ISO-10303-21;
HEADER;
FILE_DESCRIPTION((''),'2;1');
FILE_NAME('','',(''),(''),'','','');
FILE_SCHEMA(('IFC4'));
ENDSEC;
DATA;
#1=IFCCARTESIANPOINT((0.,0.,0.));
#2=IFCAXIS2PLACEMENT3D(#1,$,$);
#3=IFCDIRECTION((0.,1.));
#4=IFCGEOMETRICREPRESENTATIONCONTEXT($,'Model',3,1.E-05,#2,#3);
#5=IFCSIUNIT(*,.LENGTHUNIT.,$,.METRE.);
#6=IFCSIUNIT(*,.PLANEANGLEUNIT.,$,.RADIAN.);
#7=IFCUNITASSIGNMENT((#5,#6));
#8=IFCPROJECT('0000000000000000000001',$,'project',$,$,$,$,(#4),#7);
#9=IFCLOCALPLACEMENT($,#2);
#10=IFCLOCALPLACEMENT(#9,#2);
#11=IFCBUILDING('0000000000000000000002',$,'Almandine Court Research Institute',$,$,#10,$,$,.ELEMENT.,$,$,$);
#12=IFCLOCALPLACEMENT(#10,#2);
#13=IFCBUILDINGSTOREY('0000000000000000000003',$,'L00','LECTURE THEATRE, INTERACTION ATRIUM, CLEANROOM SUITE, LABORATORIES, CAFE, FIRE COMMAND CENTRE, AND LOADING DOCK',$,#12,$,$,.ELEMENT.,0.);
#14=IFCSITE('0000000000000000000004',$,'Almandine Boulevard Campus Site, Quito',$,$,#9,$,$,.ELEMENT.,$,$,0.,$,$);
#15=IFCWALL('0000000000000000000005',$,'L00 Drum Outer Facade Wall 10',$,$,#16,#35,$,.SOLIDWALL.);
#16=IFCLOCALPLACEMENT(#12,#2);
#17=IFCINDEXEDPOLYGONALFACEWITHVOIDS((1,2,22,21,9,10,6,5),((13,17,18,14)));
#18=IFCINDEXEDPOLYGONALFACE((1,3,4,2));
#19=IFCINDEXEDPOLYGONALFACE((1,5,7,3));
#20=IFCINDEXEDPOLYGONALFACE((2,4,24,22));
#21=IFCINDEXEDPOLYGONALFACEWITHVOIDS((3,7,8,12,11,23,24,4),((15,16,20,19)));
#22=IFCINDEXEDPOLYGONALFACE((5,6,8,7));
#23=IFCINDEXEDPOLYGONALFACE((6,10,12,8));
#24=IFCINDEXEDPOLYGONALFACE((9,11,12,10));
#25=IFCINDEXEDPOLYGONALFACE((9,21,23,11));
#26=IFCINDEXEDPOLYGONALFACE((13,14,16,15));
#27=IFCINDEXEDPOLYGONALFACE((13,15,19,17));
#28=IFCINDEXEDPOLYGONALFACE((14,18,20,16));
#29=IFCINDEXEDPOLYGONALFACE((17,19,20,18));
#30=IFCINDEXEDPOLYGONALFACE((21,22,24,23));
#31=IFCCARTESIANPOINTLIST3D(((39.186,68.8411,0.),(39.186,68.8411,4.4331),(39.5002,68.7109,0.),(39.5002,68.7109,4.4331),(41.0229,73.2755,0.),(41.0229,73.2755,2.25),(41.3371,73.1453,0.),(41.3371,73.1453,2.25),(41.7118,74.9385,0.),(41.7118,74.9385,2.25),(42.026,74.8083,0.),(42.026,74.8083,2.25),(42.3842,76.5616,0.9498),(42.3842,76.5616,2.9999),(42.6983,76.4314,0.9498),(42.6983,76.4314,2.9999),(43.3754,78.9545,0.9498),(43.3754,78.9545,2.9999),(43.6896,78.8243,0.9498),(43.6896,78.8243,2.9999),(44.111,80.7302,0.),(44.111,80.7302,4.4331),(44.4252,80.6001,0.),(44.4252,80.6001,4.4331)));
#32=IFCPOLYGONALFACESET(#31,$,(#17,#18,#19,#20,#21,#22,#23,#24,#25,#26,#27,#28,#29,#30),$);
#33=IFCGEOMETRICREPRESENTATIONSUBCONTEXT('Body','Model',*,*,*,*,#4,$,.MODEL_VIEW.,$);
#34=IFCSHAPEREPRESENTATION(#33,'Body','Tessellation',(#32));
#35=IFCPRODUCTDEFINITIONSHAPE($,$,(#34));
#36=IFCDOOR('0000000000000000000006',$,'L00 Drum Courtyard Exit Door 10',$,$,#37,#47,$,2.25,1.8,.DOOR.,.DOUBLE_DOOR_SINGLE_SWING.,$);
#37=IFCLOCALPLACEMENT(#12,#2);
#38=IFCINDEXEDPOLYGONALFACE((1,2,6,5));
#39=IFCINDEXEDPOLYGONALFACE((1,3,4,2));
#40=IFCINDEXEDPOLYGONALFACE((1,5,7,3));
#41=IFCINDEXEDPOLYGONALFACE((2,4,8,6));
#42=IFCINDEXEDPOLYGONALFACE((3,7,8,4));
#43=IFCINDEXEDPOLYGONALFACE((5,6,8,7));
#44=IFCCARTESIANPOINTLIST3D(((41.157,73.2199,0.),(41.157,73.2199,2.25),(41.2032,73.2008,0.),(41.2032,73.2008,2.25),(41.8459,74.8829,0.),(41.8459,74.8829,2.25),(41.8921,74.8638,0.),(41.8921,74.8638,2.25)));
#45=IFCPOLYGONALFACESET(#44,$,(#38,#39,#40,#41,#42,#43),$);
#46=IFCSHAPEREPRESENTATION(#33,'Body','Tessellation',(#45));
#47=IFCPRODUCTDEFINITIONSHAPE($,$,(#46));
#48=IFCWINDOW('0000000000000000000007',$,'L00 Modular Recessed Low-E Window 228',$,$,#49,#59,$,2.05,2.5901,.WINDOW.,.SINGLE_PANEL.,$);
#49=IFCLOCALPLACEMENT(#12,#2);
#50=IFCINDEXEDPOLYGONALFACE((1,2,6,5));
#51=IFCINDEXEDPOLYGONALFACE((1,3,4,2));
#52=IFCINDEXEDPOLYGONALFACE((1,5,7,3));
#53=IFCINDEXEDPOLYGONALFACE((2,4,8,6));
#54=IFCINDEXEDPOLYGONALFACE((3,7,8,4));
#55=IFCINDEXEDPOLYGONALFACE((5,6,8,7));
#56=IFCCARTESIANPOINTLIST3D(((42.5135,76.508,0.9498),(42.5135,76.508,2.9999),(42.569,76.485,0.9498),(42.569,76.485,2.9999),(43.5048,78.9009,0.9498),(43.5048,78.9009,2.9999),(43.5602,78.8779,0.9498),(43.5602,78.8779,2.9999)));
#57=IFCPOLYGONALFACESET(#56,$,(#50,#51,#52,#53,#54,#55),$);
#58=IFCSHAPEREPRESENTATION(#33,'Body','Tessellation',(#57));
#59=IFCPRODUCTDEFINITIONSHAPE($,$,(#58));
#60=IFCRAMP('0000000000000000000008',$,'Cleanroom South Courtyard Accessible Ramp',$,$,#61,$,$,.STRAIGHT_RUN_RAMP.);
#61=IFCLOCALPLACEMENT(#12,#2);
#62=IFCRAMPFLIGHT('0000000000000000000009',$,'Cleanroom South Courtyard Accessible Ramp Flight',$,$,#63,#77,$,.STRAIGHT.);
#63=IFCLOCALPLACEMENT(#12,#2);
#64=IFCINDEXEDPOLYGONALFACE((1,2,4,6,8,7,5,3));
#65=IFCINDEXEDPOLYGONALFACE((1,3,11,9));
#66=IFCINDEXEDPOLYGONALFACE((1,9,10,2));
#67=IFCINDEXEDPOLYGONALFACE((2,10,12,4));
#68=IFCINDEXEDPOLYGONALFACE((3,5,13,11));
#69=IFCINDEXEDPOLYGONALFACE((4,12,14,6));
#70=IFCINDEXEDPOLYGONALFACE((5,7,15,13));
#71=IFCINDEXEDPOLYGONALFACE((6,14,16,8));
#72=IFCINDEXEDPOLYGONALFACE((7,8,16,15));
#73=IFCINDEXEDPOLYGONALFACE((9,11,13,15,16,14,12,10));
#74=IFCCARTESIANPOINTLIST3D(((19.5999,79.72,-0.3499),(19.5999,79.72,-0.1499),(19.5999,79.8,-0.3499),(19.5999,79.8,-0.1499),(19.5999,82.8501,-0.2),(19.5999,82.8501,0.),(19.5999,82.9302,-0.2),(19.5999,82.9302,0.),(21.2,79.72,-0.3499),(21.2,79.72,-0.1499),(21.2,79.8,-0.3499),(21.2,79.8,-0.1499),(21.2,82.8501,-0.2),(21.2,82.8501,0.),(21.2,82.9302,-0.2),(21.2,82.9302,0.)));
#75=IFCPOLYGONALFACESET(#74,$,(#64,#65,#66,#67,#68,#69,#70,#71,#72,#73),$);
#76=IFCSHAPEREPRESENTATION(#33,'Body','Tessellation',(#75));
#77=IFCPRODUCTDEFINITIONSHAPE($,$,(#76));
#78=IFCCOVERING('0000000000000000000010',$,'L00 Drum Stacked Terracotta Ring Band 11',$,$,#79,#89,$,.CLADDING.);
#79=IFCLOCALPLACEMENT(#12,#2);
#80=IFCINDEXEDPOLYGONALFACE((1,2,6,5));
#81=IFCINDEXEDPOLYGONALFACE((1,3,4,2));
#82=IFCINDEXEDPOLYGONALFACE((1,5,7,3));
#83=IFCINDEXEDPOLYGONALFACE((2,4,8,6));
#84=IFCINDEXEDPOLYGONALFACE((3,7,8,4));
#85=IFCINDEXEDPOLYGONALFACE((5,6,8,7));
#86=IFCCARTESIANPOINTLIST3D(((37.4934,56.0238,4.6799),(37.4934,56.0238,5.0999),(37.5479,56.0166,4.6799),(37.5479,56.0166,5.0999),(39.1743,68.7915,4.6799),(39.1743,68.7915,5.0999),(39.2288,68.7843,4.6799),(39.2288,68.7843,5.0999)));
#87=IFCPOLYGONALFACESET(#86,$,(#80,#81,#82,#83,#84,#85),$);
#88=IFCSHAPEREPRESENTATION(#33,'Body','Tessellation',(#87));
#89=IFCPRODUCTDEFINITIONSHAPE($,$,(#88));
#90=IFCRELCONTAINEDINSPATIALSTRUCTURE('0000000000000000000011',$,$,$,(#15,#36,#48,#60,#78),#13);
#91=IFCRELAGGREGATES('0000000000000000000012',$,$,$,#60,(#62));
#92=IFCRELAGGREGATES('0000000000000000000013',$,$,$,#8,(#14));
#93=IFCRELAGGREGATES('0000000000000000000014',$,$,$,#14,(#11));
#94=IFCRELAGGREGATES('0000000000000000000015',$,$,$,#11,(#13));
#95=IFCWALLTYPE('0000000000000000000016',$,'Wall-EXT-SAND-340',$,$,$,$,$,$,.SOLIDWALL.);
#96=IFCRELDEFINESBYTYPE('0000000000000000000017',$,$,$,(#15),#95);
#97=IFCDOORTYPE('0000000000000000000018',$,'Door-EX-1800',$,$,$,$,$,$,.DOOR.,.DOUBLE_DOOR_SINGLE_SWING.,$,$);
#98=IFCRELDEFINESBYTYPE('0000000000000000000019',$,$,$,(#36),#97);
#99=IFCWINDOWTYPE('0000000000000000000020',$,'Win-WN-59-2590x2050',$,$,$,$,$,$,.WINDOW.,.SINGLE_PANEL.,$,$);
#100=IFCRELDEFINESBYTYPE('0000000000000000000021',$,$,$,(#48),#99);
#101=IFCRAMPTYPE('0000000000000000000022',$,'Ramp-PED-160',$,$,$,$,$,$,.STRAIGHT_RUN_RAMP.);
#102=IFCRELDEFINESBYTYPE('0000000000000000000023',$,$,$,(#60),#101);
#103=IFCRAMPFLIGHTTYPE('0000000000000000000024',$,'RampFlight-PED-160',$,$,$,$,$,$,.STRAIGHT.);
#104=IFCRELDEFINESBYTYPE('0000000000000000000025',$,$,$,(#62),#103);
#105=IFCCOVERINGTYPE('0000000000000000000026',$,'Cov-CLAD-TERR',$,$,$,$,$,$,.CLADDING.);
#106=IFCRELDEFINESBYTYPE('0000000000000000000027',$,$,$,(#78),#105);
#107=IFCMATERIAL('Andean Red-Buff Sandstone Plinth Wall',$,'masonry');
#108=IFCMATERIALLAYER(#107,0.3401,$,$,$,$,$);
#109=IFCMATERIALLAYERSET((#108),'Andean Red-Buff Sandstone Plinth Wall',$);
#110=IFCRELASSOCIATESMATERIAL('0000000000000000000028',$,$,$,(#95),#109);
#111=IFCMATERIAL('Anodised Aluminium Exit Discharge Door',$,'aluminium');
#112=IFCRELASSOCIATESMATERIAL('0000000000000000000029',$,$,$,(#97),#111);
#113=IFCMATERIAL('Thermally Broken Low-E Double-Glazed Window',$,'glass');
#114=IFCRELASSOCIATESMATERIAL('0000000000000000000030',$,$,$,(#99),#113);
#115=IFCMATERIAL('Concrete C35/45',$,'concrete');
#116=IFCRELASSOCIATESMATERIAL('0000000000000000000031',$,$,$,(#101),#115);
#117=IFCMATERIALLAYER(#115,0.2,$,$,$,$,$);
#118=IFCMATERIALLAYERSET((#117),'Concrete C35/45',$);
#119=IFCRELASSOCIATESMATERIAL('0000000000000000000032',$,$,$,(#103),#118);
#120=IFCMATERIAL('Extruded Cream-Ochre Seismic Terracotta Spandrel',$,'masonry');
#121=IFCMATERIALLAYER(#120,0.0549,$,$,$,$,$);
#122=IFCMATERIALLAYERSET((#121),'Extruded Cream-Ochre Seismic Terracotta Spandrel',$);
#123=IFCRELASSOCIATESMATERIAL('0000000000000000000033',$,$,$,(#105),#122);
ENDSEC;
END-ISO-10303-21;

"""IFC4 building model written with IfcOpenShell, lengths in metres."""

from ifc_helpers import new_model, si_unit, direction, frame, frame_2d, origin, origin_2d, place, context, subcontext, project, spatial, polyline, rectangle, outline, extrude, material, layer, layer_set, type_object, element, fill, aggregate, save


model = new_model("IFC4")

# Units and contexts
model_context = context("Model", 3, precision=1e-05, world=origin(), true_north=direction((0.0, 1.0)))
body_context = subcontext(model_context, "Body", "Model", "MODEL_VIEW")
ifc_project = project(units=[si_unit("LENGTHUNIT", "METRE"), si_unit("PLANEANGLEUNIT", "RADIAN")], contexts=[model_context])

# Site, building, storey
site_placement = place(None, origin())
site = spatial("IfcSite", under=ifc_project, at=site_placement, Name="Almandine Boulevard Campus Site, Quito", CompositionType="ELEMENT", RefElevation=0.0)
building_placement = place(site_placement, origin())
building = spatial("IfcBuilding", under=site, at=building_placement, Name="Almandine Court Research Institute", CompositionType="ELEMENT")
storey_placement = place(building_placement, origin())
storey = spatial("IfcBuildingStorey", under=building, at=storey_placement, Name="L00", Description="LECTURE THEATRE, INTERACTION ATRIUM, CLEANROOM SUITE, LABORATORIES, CAFE, FIRE COMMAND CENTRE, AND LOADING DOCK", CompositionType="ELEMENT", Elevation=0.0)

# Wall, openings, door, window
ifc_material_1 = material(Name="Andean Red-Buff Sandstone Plinth Wall", Category="masonry")
ifc_layer_1 = layer(ifc_material_1, 0.3401)
ifc_layer_set_1 = layer_set([ifc_layer_1], Name="Andean Red-Buff Sandstone Plinth Wall")
wall_type = type_object("IfcWallType", Name="Wall-EXT-SAND-340", PredefinedType="SOLIDWALL", material=ifc_layer_set_1)
wall_placement = place(storey_placement, frame((39.343, 68.7759, 0.0), z_axis=(0.0, 0.0, 1.0), x_axis=(0.38271, 0.923869, 0.0)))
wall = element("IfcWall", 1, at=wall_placement, inside=storey, type_object=wall_type, Name="L00 Drum Outer Facade Wall 10", PredefinedType="SOLIDWALL", context=body_context, shape_type="SweptSolid", body=[
    extrude(rectangle(XDim=12.8689, YDim=0.3401, at=frame_2d((6.4346, 0.0))), origin(), (0.0, 0.0, 1.0), 4.4331),
])
opening_1_placement = place(wall_placement, frame((4.8, 0.0, 0.0)))
opening_1 = element("IfcOpeningElement", 2, at=opening_1_placement, cuts=wall, PredefinedType="OPENING", context=body_context, shape_type="SweptSolid", body=[
    extrude(rectangle(XDim=1.8, YDim=2.25, at=frame_2d((0.8999, 1.125))), frame((0.0, 0.1799, 0.0), z_axis=(0.0, -1.0, 0.0), x_axis=(1.0, 0.0, 0.0)), (0.0, 0.0, 1.0), 0.3601),
])
opening_2_placement = place(wall_placement, frame((8.3569, 0.0, 0.95)))
opening_2 = element("IfcOpeningElement", 3, at=opening_2_placement, cuts=wall, PredefinedType="OPENING", context=body_context, shape_type="SweptSolid", body=[
    extrude(rectangle(XDim=2.5901, YDim=2.05, at=frame_2d((1.2949, 1.0249))), frame((0.0, 0.1799, 0.0), z_axis=(0.0, -1.0, 0.0), x_axis=(1.0, 0.0, 0.0)), (0.0, 0.0, 1.0), 0.3601),
])
ifc_material_2 = material(Name="Anodised Aluminium Exit Discharge Door", Category="aluminium")
door_type = type_object("IfcDoorType", Name="Door-EX-1800", OperationType="DOUBLE_DOOR_SINGLE_SWING", PredefinedType="DOOR", material=ifc_material_2)
door_placement = place(opening_1_placement, origin())
door = element("IfcDoor", 4, at=door_placement, inside=storey, type_object=door_type, Name="L00 Drum Courtyard Exit Door 10", OperationType="DOUBLE_DOOR_SINGLE_SWING", OverallHeight=2.25, OverallWidth=1.8, PredefinedType="DOOR", context=body_context, shape_type="SweptSolid", body=[
    extrude(rectangle(XDim=1.8, YDim=2.25, at=frame_2d((0.8999, 1.125))), frame((0.0, 0.0249, 0.0), z_axis=(0.0, -1.0, 0.0), x_axis=(1.0, 0.0, 0.0)), (0.0, 0.0, 1.0), 0.05),
])
fill(opening_1, door)
ifc_material_3 = material(Name="Thermally Broken Low-E Double-Glazed Window", Category="glass")
window_type = type_object("IfcWindowType", Name="Win-WN-59-2590x2050", PartitioningType="SINGLE_PANEL", PredefinedType="WINDOW", material=ifc_material_3)
window_placement = place(opening_2_placement, origin())
window = element("IfcWindow", 5, at=window_placement, inside=storey, type_object=window_type, Name="L00 Modular Recessed Low-E Window 228", OverallHeight=2.05, OverallWidth=2.5901, PartitioningType="SINGLE_PANEL", PredefinedType="WINDOW", context=body_context, shape_type="SweptSolid", body=[
    extrude(rectangle(XDim=2.5901, YDim=2.05, at=frame_2d((1.2949, 1.0249))), frame((0.0, 0.03, 0.0), z_axis=(0.0, -1.0, 0.0), x_axis=(1.0, 0.0, 0.0)), (0.0, 0.0, 1.0), 0.0601),
])
fill(opening_2, window)

# Ramp, ramp flight
ifc_material_4 = material(Name="Concrete C35/45", Category="concrete")
ramp_type = type_object("IfcRampType", Name="Ramp-PED-160", PredefinedType="STRAIGHT_RUN_RAMP", material=ifc_material_4)
ramp_placement = place(storey_placement, origin())
ramp = element("IfcRamp", 6, at=ramp_placement, inside=storey, type_object=ramp_type, Name="Cleanroom South Courtyard Accessible Ramp", PredefinedType="STRAIGHT_RUN_RAMP")
ifc_layer_2 = layer(ifc_material_4, 0.2)
ifc_layer_set_2 = layer_set([ifc_layer_2], Name="Concrete C35/45")
ramp_flight_type = type_object("IfcRampFlightType", Name="RampFlight-PED-160", PredefinedType="STRAIGHT", material=ifc_layer_set_2)
ramp_flight_placement = place(storey_placement, frame((20.3999, 79.8, -0.1499), z_axis=(0.0, 0.0, 1.0), x_axis=(0.0, 1.0, 0.0)))
ramp_flight = element("IfcRampFlight", 7, at=ramp_flight_placement, type_object=ramp_flight_type, Name="Cleanroom South Courtyard Accessible Ramp Flight", PredefinedType="STRAIGHT", context=body_context, shape_type="SweptSolid", body=[
    extrude(outline(polyline([(-0.0801, -0.2), (-0.0801, 0.0), (0.0, 0.0), (3.05, 0.1499), (3.1301, 0.1499), (3.1301, -0.05), (3.05, -0.05), (0.0, -0.2), (-0.0801, -0.2)])), frame((0.0, 0.8, 0.0), z_axis=(0.0, -1.0, 0.0), x_axis=(1.0, 0.0, 0.0)), (0.0, 0.0, 1.0), 1.6001),
])
aggregate(ramp, [ramp_flight])

# Covering
ifc_material_5 = material(Name="Extruded Cream-Ochre Seismic Terracotta Spandrel", Category="masonry")
ifc_layer_3 = layer(ifc_material_5, 0.0549)
ifc_layer_set_3 = layer_set([ifc_layer_3], Name="Extruded Cream-Ochre Seismic Terracotta Spandrel")
covering_type = type_object("IfcCoveringType", Name="Cov-CLAD-TERR", PredefinedType="CLADDING", material=ifc_layer_set_3)
covering_placement = place(storey_placement, frame((38.3611, 62.4041, 4.6799), z_axis=(0.0, 0.0, 1.0), x_axis=(0.130526, 0.991445, 0.0)))
element("IfcCovering", 8, at=covering_placement, inside=storey, type_object=covering_type, Name="L00 Drum Stacked Terracotta Ring Band 11", PredefinedType="CLADDING", context=body_context, shape_type="SweptSolid", body=[
    extrude(rectangle(XDim=12.8779, YDim=0.0549, at=origin_2d()), origin(), (0.0, 0.0, 1.0), 0.4199),
])

save(model, "model.ifc")
